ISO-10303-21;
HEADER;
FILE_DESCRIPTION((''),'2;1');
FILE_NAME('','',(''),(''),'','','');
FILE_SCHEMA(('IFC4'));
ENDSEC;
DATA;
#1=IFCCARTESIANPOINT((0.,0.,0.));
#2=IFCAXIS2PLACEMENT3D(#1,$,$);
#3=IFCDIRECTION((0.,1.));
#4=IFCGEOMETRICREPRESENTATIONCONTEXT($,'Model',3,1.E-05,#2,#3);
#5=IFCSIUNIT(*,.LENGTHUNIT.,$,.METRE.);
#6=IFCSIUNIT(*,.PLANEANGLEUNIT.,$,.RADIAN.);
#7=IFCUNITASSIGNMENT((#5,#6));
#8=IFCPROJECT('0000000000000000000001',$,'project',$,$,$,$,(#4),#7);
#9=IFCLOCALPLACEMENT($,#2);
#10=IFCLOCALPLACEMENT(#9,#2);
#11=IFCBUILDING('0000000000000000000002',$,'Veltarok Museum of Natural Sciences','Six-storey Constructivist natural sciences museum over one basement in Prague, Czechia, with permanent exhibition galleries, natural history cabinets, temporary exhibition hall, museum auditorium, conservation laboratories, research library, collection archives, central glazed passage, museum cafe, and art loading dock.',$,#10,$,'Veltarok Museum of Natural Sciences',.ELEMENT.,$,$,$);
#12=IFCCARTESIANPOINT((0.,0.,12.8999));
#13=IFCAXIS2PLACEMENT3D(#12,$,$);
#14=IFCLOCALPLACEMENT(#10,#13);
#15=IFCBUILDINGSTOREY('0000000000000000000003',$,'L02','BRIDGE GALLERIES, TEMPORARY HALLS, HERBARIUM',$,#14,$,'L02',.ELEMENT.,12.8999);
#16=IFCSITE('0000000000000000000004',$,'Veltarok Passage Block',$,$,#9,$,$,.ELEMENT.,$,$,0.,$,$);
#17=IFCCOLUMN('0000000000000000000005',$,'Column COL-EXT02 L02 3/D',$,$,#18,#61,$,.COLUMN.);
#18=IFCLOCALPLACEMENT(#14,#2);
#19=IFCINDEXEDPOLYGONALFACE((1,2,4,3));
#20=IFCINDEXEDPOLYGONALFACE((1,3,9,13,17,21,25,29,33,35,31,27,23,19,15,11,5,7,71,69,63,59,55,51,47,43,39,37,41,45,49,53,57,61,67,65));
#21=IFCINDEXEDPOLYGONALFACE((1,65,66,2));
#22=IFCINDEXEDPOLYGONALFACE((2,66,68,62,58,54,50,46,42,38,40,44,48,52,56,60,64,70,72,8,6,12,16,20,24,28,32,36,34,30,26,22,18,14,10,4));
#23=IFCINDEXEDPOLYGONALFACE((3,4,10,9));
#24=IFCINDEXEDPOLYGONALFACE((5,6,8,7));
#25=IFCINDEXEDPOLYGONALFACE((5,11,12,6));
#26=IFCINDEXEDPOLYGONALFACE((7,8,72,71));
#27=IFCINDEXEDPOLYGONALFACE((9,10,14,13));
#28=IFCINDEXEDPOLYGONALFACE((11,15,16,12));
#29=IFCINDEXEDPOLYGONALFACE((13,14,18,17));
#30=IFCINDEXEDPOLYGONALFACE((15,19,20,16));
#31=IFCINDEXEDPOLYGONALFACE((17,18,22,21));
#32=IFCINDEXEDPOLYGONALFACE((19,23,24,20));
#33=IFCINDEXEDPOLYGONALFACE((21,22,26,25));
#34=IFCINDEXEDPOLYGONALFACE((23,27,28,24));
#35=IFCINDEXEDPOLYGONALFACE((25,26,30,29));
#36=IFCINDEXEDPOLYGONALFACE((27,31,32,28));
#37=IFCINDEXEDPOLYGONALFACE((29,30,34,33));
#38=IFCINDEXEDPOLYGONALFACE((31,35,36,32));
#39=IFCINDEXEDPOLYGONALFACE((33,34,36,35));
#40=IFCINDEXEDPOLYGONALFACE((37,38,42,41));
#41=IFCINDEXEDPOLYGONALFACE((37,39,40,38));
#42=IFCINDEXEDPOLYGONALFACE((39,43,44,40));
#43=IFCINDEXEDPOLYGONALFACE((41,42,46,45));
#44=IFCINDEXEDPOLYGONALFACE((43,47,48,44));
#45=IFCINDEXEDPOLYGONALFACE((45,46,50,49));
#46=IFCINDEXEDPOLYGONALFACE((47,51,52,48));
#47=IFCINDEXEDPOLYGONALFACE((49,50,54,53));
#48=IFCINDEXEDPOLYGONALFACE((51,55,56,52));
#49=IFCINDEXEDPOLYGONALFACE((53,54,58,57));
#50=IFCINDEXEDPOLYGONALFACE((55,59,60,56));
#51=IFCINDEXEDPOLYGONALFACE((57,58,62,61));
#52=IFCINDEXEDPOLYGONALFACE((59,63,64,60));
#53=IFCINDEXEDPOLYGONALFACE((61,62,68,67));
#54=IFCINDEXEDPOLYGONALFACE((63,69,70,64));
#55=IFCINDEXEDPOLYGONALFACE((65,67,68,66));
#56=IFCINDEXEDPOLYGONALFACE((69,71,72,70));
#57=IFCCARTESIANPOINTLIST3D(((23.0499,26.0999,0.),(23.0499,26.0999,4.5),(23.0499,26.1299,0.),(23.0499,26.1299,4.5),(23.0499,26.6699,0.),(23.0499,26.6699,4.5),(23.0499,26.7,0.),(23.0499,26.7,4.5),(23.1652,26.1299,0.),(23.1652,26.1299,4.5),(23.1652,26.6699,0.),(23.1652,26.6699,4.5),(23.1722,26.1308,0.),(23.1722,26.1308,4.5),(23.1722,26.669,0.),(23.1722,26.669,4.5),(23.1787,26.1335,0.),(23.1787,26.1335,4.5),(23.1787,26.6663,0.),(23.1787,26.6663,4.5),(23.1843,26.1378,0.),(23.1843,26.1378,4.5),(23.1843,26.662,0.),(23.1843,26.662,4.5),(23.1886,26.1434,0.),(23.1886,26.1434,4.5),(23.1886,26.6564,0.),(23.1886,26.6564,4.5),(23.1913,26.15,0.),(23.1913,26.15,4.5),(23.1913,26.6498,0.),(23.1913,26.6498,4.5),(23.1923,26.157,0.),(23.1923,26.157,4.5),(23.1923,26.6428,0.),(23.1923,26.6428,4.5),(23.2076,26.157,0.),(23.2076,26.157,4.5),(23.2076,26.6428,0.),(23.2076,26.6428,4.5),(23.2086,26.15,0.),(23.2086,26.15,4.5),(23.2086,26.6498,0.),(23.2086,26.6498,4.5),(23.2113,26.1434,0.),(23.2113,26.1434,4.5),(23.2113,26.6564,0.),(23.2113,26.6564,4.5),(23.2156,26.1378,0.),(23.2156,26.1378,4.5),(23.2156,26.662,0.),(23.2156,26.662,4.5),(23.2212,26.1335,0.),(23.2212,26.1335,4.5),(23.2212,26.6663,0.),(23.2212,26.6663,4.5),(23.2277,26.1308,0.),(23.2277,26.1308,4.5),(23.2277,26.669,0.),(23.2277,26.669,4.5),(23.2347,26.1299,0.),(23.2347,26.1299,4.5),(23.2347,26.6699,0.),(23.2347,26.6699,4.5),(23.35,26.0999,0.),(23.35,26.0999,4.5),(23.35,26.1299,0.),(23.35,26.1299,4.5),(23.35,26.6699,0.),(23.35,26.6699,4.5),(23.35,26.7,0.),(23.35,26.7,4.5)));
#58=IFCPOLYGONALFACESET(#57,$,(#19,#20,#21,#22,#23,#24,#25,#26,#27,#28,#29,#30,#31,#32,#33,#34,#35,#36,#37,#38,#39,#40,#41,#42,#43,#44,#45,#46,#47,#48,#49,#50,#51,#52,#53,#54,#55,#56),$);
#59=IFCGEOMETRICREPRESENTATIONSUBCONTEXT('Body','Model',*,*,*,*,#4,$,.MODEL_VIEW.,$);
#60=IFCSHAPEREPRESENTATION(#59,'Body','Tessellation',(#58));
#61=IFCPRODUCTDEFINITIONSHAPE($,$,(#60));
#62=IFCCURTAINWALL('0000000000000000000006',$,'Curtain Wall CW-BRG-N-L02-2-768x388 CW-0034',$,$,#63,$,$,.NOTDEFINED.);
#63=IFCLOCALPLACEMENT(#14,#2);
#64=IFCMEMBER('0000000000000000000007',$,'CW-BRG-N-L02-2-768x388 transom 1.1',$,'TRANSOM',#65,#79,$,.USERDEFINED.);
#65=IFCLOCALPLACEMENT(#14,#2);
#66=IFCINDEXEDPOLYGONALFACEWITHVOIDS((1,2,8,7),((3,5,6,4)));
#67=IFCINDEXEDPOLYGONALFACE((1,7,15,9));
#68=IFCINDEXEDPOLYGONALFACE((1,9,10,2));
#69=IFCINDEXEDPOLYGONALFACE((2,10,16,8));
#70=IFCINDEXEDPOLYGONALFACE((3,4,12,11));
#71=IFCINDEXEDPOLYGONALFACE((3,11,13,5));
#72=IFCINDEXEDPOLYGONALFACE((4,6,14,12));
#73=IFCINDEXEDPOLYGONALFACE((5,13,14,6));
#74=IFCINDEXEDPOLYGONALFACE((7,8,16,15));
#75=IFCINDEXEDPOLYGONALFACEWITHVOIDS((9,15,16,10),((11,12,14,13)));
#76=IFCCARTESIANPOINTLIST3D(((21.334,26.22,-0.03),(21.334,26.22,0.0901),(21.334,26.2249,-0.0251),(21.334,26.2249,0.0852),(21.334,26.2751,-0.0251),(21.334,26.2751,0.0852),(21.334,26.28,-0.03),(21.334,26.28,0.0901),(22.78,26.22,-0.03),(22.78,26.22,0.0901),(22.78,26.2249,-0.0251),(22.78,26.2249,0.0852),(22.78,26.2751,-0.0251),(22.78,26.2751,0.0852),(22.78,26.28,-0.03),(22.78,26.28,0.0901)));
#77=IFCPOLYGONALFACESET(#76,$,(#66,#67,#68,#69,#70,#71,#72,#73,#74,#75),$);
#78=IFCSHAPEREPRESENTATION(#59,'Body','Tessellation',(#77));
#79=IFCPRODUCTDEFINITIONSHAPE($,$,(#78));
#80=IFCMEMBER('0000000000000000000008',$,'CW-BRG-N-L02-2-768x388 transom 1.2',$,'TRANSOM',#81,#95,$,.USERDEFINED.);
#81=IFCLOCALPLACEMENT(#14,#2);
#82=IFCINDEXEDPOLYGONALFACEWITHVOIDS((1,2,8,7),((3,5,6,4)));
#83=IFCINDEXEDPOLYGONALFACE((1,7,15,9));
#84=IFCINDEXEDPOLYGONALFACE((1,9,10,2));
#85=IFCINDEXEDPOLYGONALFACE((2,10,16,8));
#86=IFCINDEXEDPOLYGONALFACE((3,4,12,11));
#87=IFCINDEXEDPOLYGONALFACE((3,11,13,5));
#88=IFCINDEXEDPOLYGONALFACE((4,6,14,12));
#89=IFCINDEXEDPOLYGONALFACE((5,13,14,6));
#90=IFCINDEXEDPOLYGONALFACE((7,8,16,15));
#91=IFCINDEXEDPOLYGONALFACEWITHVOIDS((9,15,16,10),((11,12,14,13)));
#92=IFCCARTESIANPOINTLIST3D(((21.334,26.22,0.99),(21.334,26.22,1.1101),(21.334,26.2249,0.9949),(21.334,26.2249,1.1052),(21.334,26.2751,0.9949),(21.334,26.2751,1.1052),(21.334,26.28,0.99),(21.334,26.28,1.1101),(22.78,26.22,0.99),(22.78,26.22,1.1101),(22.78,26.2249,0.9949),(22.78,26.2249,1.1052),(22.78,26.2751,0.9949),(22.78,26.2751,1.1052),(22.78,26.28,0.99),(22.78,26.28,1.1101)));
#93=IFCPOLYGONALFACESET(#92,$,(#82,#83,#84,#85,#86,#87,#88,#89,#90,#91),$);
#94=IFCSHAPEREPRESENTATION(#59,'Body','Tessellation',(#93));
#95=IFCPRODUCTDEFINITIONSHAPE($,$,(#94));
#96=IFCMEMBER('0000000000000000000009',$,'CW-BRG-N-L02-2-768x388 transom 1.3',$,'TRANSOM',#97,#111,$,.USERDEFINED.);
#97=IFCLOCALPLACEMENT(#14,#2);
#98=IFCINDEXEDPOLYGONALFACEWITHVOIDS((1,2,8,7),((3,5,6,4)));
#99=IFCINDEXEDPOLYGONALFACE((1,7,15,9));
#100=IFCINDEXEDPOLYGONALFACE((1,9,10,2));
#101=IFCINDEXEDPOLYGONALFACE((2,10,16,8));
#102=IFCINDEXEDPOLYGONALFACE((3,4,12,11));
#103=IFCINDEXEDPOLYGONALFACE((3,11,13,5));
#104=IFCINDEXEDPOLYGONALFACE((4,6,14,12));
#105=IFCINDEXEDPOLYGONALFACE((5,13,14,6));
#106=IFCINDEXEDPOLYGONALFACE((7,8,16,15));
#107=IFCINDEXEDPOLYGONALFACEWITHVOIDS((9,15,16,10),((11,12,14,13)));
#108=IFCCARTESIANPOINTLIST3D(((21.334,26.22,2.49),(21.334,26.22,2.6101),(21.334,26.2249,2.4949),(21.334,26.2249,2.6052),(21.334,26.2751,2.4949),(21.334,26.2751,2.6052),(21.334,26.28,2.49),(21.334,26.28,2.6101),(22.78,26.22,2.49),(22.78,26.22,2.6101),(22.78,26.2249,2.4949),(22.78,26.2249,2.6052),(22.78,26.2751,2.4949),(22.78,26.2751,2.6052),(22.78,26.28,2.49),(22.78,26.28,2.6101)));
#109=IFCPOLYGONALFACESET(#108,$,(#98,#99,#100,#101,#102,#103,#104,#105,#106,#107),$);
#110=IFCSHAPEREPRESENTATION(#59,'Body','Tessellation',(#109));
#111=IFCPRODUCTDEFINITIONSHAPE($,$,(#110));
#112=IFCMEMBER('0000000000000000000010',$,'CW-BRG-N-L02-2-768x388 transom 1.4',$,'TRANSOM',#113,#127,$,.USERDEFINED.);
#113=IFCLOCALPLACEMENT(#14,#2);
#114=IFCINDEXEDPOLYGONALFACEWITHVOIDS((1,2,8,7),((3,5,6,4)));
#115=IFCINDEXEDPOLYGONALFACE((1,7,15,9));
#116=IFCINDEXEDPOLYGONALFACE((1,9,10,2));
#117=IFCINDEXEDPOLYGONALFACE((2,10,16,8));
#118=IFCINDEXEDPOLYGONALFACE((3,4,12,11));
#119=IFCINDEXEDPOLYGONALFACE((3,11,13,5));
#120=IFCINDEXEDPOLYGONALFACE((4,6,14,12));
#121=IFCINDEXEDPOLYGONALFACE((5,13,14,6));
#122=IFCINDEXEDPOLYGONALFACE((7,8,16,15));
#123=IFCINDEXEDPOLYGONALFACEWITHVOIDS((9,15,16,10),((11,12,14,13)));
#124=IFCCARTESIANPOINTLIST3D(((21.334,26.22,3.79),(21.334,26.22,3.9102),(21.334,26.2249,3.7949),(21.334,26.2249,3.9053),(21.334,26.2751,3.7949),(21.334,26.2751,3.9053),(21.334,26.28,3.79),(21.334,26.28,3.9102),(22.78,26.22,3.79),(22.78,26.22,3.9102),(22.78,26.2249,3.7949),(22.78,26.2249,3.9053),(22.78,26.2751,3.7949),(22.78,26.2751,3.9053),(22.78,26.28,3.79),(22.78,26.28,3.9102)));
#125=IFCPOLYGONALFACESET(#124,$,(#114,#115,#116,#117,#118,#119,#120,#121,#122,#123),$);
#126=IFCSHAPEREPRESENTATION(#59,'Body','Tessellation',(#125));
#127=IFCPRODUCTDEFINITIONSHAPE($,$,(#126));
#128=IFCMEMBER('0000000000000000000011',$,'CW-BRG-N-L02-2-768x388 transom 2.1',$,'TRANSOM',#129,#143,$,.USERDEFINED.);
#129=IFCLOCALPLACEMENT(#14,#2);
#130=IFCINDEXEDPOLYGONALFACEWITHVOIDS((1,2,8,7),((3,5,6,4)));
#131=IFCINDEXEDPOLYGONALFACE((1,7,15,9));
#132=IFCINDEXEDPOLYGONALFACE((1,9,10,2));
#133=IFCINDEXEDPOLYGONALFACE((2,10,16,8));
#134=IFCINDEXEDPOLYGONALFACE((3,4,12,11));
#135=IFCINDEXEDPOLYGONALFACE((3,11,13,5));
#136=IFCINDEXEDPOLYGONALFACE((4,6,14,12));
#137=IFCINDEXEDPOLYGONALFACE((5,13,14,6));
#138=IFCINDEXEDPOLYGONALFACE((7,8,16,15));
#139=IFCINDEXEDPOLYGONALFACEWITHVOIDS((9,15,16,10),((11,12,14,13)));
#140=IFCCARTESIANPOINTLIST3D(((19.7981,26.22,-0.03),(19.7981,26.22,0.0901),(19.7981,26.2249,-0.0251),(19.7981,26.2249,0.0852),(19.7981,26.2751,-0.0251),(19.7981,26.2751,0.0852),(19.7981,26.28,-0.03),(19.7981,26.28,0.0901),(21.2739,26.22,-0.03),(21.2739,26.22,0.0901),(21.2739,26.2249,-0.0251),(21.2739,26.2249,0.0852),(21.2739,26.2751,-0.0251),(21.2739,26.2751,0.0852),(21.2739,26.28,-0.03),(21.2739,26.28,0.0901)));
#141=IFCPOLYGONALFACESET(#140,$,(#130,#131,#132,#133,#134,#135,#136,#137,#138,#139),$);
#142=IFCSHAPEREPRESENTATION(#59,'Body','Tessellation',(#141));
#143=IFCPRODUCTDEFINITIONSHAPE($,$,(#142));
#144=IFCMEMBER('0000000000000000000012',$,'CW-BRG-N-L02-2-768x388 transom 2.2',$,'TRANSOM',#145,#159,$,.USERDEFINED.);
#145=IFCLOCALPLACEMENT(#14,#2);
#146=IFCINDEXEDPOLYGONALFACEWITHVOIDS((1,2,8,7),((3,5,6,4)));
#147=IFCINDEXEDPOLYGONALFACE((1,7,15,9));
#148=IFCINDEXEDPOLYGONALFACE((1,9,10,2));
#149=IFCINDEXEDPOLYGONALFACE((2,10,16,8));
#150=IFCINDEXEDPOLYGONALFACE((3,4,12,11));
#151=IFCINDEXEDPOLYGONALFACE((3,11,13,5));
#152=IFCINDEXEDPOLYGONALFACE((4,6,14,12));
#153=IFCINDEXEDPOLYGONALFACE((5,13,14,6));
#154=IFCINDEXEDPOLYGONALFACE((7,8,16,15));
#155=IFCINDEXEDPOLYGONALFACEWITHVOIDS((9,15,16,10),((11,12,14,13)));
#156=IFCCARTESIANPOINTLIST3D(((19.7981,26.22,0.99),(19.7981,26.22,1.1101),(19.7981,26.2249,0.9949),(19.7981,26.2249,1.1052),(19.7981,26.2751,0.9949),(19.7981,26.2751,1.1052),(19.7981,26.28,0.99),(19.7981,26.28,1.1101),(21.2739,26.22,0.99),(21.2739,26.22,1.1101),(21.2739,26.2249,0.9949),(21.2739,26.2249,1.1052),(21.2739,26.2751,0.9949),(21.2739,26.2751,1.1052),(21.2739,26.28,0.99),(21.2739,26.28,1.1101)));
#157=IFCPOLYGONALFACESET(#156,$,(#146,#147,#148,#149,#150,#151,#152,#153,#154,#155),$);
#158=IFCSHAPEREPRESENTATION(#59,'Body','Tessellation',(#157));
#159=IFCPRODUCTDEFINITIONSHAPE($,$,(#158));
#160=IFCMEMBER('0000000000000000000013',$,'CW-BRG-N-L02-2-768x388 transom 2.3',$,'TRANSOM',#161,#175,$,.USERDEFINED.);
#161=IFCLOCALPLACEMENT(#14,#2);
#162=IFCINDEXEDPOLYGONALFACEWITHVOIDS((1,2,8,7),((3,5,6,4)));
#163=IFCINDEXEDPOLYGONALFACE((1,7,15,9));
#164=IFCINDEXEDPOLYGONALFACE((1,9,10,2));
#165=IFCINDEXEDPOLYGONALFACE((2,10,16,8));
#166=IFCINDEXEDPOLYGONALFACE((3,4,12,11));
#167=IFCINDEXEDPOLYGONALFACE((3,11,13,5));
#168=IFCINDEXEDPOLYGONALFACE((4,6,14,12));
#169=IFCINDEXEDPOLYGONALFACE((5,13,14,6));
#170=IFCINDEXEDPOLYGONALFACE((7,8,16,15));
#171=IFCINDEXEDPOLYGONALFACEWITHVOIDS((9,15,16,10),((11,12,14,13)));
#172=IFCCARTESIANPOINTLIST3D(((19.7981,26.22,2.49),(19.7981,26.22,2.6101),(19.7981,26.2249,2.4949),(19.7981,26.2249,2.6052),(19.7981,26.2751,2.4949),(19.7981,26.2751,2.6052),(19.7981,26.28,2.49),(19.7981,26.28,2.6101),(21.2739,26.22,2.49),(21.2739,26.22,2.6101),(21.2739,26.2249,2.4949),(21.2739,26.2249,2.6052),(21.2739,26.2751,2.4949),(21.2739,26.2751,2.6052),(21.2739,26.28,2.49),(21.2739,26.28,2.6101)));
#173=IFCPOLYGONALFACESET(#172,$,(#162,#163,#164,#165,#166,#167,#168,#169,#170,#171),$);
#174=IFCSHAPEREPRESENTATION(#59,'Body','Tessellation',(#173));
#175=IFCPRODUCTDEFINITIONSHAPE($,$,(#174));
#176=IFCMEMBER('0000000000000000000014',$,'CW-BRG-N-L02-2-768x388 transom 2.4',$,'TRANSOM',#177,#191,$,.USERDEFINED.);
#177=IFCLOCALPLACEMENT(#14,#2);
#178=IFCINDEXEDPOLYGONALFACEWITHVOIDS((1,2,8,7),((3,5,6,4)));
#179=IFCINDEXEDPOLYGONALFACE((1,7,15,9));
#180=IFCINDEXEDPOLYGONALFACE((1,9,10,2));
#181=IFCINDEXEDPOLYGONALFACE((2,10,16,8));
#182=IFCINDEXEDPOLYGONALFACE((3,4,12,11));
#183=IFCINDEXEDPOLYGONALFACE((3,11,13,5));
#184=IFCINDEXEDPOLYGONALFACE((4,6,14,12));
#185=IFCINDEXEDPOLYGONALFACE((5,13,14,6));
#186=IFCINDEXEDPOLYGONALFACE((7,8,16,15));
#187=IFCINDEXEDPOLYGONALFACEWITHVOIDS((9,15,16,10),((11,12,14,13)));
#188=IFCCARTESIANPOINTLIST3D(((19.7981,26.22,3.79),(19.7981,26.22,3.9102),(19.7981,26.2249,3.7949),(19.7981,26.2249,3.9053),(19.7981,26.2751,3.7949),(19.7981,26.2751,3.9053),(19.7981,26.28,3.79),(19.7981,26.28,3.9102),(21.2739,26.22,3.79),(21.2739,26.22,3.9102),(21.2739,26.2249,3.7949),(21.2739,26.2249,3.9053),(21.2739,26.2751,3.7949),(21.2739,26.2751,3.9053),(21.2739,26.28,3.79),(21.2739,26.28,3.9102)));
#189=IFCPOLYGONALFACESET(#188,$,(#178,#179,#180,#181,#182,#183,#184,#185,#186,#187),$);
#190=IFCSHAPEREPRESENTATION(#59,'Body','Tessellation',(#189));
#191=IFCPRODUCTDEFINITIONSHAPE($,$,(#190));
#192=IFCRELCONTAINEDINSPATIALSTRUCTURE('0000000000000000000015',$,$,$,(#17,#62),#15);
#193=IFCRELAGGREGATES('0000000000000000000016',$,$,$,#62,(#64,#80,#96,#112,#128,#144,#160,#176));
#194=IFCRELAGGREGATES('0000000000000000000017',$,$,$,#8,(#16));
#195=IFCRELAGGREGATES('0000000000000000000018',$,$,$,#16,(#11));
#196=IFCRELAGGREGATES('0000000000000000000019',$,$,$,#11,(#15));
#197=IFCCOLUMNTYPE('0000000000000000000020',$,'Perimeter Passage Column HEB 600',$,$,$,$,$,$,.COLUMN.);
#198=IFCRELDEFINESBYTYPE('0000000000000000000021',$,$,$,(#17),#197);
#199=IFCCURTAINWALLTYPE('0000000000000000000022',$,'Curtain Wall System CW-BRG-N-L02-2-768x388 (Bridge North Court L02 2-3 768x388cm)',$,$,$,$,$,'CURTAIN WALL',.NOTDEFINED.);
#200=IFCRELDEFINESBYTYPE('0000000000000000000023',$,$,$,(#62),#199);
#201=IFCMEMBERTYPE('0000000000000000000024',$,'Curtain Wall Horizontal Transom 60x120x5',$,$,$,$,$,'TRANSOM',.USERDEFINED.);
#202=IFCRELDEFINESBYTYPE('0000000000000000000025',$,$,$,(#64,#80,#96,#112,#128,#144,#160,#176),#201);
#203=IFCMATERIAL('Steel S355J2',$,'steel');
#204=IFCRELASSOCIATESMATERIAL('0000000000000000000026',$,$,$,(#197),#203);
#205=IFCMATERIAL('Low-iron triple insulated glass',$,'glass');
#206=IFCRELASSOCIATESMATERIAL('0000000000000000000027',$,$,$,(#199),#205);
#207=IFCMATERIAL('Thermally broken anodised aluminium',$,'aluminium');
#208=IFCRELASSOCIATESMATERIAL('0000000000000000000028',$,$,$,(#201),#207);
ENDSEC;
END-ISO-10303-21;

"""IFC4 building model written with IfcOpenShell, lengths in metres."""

from ifc_helpers import new_model, si_unit, direction, frame, origin, origin_2d, place, context, subcontext, project, spatial, hollow_rectangle, i_section, extrude, material, material_profile, profile_set, type_object, element, aggregate, save


model = new_model("IFC4")

# Units and contexts
model_context = context("Model", 3, precision=1e-05, world=origin(), true_north=direction((0.0, 1.0)))
body_context = subcontext(model_context, "Body", "Model", "MODEL_VIEW")
ifc_project = project(units=[si_unit("LENGTHUNIT", "METRE"), si_unit("PLANEANGLEUNIT", "RADIAN")], contexts=[model_context])

# Site, building, storey
site_placement = place(None, origin())
site = spatial("IfcSite", under=ifc_project, at=site_placement, Name="Veltarok Passage Block", CompositionType="ELEMENT", RefElevation=0.0)
building_placement = place(site_placement, origin())
building = spatial("IfcBuilding", under=site, at=building_placement, Name="Veltarok Museum of Natural Sciences", Description="Six-storey Constructivist natural sciences museum over one basement in Prague, Czechia, with permanent exhibition galleries, natural history cabinets, temporary exhibition hall, museum auditorium, conservation laboratories, research library, collection archives, central glazed passage, museum cafe, and art loading dock.", LongName="Veltarok Museum of Natural Sciences", CompositionType="ELEMENT")
storey_placement = place(building_placement, frame((0.0, 0.0, 12.8999)))
storey = spatial("IfcBuildingStorey", under=building, at=storey_placement, Name="L02", Description="BRIDGE GALLERIES, TEMPORARY HALLS, HERBARIUM", LongName="L02", CompositionType="ELEMENT", Elevation=12.8999)

# Column
ifc_material_1 = material(Name="Steel S355J2", Category="steel")
ifc_material_profile_1 = material_profile(ifc_material_1, i_section(OverallWidth=0.3, OverallDepth=0.6001, WebThickness=0.0154, FlangeThickness=0.03, FilletRadius=0.0271, at=origin_2d()), Name="HEB 600")
ifc_profile_set_1 = profile_set([ifc_material_profile_1], Name="Steel S355J2")
column_type = type_object("IfcColumnType", Name="Perimeter Passage Column HEB 600", PredefinedType="COLUMN", material=ifc_profile_set_1)
column_placement = place(storey_placement, frame((23.2, 26.3999, 0.0), z_axis=(0.0, 0.0, 1.0), x_axis=(1.0, 0.0, 0.0)))
element("IfcColumn", 1, at=column_placement, inside=storey, type_object=column_type, Name="Column COL-EXT02 L02 3/D", PredefinedType="COLUMN", context=body_context, shape_type="SweptSolid", body=[
    extrude(i_section(OverallWidth=0.3, OverallDepth=0.6001, WebThickness=0.0154, FlangeThickness=0.03, FilletRadius=0.0271, at=origin_2d()), origin(), (0.0, 0.0, 1.0), 4.5),
])

# Curtain wall, members
ifc_material_2 = material(Name="Low-iron triple insulated glass", Category="glass")
curtain_wall_type_1 = type_object("IfcCurtainWallType", Name="Curtain Wall System CW-BRG-N-L02-2-768x388 (Bridge North Court L02 2-3 768x388cm)", ElementType="CURTAIN WALL", PredefinedType="NOTDEFINED", material=ifc_material_2)
curtain_wall_1_placement = place(storey_placement, origin())
curtain_wall_1 = element("IfcCurtainWall", 2, at=curtain_wall_1_placement, inside=storey, type_object=curtain_wall_type_1, Name="Curtain Wall CW-BRG-N-L02-2-768x388 CW-0034", PredefinedType="NOTDEFINED")
ifc_material_3 = material(Name="Thermally broken anodised aluminium", Category="aluminium")
ifc_material_profile_2 = material_profile(ifc_material_3, hollow_rectangle(XDim=0.0601, YDim=0.1201, WallThickness=0.0049, at=origin_2d()), Name="CW TRANSOM 60x120x5")
ifc_profile_set_2 = profile_set([ifc_material_profile_2], Name="Thermally broken anodised aluminium")
member_type_1 = type_object("IfcMemberType", Name="Curtain Wall Horizontal Transom 60x120x5", ElementType="TRANSOM", PredefinedType="USERDEFINED", material=ifc_profile_set_2)
member_1_placement = place(storey_placement, frame((22.78, 26.25, 0.03), z_axis=(-1.0, 0.0, 0.0), x_axis=(0.0, -1.0, 0.0)))
member_1 = element("IfcMember", 3, at=member_1_placement, type_object=member_type_1, Name="CW-BRG-N-L02-2-768x388 transom 1.1", ObjectType="TRANSOM", PredefinedType="USERDEFINED", context=body_context, shape_type="SweptSolid", body=[
    extrude(hollow_rectangle(XDim=0.0601, YDim=0.1201, WallThickness=0.0049, at=origin_2d()), origin(), (0.0, 0.0, 1.0), 1.446),
])
member_2_placement = place(storey_placement, frame((22.78, 26.25, 1.05), z_axis=(-1.0, 0.0, 0.0), x_axis=(0.0, -1.0, 0.0)))
member_2 = element("IfcMember", 4, at=member_2_placement, type_object=member_type_1, Name="CW-BRG-N-L02-2-768x388 transom 1.2", ObjectType="TRANSOM", PredefinedType="USERDEFINED", context=body_context, shape_type="SweptSolid", body=[
    extrude(hollow_rectangle(XDim=0.0601, YDim=0.1201, WallThickness=0.0049, at=origin_2d()), origin(), (0.0, 0.0, 1.0), 1.446),
])
member_3_placement = place(storey_placement, frame((22.78, 26.25, 2.55), z_axis=(-1.0, 0.0, 0.0), x_axis=(0.0, -1.0, 0.0)))
member_3 = element("IfcMember", 5, at=member_3_placement, type_object=member_type_1, Name="CW-BRG-N-L02-2-768x388 transom 1.3", ObjectType="TRANSOM", PredefinedType="USERDEFINED", context=body_context, shape_type="SweptSolid", body=[
    extrude(hollow_rectangle(XDim=0.0601, YDim=0.1201, WallThickness=0.0049, at=origin_2d()), origin(), (0.0, 0.0, 1.0), 1.446),
])
member_4_placement = place(storey_placement, frame((22.78, 26.25, 3.8501), z_axis=(-1.0, 0.0, 0.0), x_axis=(0.0, -1.0, 0.0)))
member_4 = element("IfcMember", 6, at=member_4_placement, type_object=member_type_1, Name="CW-BRG-N-L02-2-768x388 transom 1.4", ObjectType="TRANSOM", PredefinedType="USERDEFINED", context=body_context, shape_type="SweptSolid", body=[
    extrude(hollow_rectangle(XDim=0.0601, YDim=0.1201, WallThickness=0.0049, at=origin_2d()), origin(), (0.0, 0.0, 1.0), 1.446),
])
member_5_placement = place(storey_placement, frame((21.2739, 26.25, 0.03), z_axis=(-1.0, 0.0, 0.0), x_axis=(0.0, -1.0, 0.0)))
member_5 = element("IfcMember", 7, at=member_5_placement, type_object=member_type_1, Name="CW-BRG-N-L02-2-768x388 transom 2.1", ObjectType="TRANSOM", PredefinedType="USERDEFINED", context=body_context, shape_type="SweptSolid", body=[
    extrude(hollow_rectangle(XDim=0.0601, YDim=0.1201, WallThickness=0.0049, at=origin_2d()), origin(), (0.0, 0.0, 1.0), 1.4758),
])
member_6_placement = place(storey_placement, frame((21.2739, 26.25, 1.05), z_axis=(-1.0, 0.0, 0.0), x_axis=(0.0, -1.0, 0.0)))
member_6 = element("IfcMember", 8, at=member_6_placement, type_object=member_type_1, Name="CW-BRG-N-L02-2-768x388 transom 2.2", ObjectType="TRANSOM", PredefinedType="USERDEFINED", context=body_context, shape_type="SweptSolid", body=[
    extrude(hollow_rectangle(XDim=0.0601, YDim=0.1201, WallThickness=0.0049, at=origin_2d()), origin(), (0.0, 0.0, 1.0), 1.4758),
])
member_7_placement = place(storey_placement, frame((21.2739, 26.25, 2.55), z_axis=(-1.0, 0.0, 0.0), x_axis=(0.0, -1.0, 0.0)))
member_7 = element("IfcMember", 9, at=member_7_placement, type_object=member_type_1, Name="CW-BRG-N-L02-2-768x388 transom 2.3", ObjectType="TRANSOM", PredefinedType="USERDEFINED", context=body_context, shape_type="SweptSolid", body=[
    extrude(hollow_rectangle(XDim=0.0601, YDim=0.1201, WallThickness=0.0049, at=origin_2d()), origin(), (0.0, 0.0, 1.0), 1.4758),
])
member_8_placement = place(storey_placement, frame((21.2739, 26.25, 3.8501), z_axis=(-1.0, 0.0, 0.0), x_axis=(0.0, -1.0, 0.0)))
member_8 = element("IfcMember", 10, at=member_8_placement, type_object=member_type_1, Name="CW-BRG-N-L02-2-768x388 transom 2.4", ObjectType="TRANSOM", PredefinedType="USERDEFINED", context=body_context, shape_type="SweptSolid", body=[
    extrude(hollow_rectangle(XDim=0.0601, YDim=0.1201, WallThickness=0.0049, at=origin_2d()), origin(), (0.0, 0.0, 1.0), 1.4758),
])

aggregate(curtain_wall_1, [member_1, member_2, member_3, member_4, member_5, member_6, member_7, member_8])

save(model, "model.ifc")
